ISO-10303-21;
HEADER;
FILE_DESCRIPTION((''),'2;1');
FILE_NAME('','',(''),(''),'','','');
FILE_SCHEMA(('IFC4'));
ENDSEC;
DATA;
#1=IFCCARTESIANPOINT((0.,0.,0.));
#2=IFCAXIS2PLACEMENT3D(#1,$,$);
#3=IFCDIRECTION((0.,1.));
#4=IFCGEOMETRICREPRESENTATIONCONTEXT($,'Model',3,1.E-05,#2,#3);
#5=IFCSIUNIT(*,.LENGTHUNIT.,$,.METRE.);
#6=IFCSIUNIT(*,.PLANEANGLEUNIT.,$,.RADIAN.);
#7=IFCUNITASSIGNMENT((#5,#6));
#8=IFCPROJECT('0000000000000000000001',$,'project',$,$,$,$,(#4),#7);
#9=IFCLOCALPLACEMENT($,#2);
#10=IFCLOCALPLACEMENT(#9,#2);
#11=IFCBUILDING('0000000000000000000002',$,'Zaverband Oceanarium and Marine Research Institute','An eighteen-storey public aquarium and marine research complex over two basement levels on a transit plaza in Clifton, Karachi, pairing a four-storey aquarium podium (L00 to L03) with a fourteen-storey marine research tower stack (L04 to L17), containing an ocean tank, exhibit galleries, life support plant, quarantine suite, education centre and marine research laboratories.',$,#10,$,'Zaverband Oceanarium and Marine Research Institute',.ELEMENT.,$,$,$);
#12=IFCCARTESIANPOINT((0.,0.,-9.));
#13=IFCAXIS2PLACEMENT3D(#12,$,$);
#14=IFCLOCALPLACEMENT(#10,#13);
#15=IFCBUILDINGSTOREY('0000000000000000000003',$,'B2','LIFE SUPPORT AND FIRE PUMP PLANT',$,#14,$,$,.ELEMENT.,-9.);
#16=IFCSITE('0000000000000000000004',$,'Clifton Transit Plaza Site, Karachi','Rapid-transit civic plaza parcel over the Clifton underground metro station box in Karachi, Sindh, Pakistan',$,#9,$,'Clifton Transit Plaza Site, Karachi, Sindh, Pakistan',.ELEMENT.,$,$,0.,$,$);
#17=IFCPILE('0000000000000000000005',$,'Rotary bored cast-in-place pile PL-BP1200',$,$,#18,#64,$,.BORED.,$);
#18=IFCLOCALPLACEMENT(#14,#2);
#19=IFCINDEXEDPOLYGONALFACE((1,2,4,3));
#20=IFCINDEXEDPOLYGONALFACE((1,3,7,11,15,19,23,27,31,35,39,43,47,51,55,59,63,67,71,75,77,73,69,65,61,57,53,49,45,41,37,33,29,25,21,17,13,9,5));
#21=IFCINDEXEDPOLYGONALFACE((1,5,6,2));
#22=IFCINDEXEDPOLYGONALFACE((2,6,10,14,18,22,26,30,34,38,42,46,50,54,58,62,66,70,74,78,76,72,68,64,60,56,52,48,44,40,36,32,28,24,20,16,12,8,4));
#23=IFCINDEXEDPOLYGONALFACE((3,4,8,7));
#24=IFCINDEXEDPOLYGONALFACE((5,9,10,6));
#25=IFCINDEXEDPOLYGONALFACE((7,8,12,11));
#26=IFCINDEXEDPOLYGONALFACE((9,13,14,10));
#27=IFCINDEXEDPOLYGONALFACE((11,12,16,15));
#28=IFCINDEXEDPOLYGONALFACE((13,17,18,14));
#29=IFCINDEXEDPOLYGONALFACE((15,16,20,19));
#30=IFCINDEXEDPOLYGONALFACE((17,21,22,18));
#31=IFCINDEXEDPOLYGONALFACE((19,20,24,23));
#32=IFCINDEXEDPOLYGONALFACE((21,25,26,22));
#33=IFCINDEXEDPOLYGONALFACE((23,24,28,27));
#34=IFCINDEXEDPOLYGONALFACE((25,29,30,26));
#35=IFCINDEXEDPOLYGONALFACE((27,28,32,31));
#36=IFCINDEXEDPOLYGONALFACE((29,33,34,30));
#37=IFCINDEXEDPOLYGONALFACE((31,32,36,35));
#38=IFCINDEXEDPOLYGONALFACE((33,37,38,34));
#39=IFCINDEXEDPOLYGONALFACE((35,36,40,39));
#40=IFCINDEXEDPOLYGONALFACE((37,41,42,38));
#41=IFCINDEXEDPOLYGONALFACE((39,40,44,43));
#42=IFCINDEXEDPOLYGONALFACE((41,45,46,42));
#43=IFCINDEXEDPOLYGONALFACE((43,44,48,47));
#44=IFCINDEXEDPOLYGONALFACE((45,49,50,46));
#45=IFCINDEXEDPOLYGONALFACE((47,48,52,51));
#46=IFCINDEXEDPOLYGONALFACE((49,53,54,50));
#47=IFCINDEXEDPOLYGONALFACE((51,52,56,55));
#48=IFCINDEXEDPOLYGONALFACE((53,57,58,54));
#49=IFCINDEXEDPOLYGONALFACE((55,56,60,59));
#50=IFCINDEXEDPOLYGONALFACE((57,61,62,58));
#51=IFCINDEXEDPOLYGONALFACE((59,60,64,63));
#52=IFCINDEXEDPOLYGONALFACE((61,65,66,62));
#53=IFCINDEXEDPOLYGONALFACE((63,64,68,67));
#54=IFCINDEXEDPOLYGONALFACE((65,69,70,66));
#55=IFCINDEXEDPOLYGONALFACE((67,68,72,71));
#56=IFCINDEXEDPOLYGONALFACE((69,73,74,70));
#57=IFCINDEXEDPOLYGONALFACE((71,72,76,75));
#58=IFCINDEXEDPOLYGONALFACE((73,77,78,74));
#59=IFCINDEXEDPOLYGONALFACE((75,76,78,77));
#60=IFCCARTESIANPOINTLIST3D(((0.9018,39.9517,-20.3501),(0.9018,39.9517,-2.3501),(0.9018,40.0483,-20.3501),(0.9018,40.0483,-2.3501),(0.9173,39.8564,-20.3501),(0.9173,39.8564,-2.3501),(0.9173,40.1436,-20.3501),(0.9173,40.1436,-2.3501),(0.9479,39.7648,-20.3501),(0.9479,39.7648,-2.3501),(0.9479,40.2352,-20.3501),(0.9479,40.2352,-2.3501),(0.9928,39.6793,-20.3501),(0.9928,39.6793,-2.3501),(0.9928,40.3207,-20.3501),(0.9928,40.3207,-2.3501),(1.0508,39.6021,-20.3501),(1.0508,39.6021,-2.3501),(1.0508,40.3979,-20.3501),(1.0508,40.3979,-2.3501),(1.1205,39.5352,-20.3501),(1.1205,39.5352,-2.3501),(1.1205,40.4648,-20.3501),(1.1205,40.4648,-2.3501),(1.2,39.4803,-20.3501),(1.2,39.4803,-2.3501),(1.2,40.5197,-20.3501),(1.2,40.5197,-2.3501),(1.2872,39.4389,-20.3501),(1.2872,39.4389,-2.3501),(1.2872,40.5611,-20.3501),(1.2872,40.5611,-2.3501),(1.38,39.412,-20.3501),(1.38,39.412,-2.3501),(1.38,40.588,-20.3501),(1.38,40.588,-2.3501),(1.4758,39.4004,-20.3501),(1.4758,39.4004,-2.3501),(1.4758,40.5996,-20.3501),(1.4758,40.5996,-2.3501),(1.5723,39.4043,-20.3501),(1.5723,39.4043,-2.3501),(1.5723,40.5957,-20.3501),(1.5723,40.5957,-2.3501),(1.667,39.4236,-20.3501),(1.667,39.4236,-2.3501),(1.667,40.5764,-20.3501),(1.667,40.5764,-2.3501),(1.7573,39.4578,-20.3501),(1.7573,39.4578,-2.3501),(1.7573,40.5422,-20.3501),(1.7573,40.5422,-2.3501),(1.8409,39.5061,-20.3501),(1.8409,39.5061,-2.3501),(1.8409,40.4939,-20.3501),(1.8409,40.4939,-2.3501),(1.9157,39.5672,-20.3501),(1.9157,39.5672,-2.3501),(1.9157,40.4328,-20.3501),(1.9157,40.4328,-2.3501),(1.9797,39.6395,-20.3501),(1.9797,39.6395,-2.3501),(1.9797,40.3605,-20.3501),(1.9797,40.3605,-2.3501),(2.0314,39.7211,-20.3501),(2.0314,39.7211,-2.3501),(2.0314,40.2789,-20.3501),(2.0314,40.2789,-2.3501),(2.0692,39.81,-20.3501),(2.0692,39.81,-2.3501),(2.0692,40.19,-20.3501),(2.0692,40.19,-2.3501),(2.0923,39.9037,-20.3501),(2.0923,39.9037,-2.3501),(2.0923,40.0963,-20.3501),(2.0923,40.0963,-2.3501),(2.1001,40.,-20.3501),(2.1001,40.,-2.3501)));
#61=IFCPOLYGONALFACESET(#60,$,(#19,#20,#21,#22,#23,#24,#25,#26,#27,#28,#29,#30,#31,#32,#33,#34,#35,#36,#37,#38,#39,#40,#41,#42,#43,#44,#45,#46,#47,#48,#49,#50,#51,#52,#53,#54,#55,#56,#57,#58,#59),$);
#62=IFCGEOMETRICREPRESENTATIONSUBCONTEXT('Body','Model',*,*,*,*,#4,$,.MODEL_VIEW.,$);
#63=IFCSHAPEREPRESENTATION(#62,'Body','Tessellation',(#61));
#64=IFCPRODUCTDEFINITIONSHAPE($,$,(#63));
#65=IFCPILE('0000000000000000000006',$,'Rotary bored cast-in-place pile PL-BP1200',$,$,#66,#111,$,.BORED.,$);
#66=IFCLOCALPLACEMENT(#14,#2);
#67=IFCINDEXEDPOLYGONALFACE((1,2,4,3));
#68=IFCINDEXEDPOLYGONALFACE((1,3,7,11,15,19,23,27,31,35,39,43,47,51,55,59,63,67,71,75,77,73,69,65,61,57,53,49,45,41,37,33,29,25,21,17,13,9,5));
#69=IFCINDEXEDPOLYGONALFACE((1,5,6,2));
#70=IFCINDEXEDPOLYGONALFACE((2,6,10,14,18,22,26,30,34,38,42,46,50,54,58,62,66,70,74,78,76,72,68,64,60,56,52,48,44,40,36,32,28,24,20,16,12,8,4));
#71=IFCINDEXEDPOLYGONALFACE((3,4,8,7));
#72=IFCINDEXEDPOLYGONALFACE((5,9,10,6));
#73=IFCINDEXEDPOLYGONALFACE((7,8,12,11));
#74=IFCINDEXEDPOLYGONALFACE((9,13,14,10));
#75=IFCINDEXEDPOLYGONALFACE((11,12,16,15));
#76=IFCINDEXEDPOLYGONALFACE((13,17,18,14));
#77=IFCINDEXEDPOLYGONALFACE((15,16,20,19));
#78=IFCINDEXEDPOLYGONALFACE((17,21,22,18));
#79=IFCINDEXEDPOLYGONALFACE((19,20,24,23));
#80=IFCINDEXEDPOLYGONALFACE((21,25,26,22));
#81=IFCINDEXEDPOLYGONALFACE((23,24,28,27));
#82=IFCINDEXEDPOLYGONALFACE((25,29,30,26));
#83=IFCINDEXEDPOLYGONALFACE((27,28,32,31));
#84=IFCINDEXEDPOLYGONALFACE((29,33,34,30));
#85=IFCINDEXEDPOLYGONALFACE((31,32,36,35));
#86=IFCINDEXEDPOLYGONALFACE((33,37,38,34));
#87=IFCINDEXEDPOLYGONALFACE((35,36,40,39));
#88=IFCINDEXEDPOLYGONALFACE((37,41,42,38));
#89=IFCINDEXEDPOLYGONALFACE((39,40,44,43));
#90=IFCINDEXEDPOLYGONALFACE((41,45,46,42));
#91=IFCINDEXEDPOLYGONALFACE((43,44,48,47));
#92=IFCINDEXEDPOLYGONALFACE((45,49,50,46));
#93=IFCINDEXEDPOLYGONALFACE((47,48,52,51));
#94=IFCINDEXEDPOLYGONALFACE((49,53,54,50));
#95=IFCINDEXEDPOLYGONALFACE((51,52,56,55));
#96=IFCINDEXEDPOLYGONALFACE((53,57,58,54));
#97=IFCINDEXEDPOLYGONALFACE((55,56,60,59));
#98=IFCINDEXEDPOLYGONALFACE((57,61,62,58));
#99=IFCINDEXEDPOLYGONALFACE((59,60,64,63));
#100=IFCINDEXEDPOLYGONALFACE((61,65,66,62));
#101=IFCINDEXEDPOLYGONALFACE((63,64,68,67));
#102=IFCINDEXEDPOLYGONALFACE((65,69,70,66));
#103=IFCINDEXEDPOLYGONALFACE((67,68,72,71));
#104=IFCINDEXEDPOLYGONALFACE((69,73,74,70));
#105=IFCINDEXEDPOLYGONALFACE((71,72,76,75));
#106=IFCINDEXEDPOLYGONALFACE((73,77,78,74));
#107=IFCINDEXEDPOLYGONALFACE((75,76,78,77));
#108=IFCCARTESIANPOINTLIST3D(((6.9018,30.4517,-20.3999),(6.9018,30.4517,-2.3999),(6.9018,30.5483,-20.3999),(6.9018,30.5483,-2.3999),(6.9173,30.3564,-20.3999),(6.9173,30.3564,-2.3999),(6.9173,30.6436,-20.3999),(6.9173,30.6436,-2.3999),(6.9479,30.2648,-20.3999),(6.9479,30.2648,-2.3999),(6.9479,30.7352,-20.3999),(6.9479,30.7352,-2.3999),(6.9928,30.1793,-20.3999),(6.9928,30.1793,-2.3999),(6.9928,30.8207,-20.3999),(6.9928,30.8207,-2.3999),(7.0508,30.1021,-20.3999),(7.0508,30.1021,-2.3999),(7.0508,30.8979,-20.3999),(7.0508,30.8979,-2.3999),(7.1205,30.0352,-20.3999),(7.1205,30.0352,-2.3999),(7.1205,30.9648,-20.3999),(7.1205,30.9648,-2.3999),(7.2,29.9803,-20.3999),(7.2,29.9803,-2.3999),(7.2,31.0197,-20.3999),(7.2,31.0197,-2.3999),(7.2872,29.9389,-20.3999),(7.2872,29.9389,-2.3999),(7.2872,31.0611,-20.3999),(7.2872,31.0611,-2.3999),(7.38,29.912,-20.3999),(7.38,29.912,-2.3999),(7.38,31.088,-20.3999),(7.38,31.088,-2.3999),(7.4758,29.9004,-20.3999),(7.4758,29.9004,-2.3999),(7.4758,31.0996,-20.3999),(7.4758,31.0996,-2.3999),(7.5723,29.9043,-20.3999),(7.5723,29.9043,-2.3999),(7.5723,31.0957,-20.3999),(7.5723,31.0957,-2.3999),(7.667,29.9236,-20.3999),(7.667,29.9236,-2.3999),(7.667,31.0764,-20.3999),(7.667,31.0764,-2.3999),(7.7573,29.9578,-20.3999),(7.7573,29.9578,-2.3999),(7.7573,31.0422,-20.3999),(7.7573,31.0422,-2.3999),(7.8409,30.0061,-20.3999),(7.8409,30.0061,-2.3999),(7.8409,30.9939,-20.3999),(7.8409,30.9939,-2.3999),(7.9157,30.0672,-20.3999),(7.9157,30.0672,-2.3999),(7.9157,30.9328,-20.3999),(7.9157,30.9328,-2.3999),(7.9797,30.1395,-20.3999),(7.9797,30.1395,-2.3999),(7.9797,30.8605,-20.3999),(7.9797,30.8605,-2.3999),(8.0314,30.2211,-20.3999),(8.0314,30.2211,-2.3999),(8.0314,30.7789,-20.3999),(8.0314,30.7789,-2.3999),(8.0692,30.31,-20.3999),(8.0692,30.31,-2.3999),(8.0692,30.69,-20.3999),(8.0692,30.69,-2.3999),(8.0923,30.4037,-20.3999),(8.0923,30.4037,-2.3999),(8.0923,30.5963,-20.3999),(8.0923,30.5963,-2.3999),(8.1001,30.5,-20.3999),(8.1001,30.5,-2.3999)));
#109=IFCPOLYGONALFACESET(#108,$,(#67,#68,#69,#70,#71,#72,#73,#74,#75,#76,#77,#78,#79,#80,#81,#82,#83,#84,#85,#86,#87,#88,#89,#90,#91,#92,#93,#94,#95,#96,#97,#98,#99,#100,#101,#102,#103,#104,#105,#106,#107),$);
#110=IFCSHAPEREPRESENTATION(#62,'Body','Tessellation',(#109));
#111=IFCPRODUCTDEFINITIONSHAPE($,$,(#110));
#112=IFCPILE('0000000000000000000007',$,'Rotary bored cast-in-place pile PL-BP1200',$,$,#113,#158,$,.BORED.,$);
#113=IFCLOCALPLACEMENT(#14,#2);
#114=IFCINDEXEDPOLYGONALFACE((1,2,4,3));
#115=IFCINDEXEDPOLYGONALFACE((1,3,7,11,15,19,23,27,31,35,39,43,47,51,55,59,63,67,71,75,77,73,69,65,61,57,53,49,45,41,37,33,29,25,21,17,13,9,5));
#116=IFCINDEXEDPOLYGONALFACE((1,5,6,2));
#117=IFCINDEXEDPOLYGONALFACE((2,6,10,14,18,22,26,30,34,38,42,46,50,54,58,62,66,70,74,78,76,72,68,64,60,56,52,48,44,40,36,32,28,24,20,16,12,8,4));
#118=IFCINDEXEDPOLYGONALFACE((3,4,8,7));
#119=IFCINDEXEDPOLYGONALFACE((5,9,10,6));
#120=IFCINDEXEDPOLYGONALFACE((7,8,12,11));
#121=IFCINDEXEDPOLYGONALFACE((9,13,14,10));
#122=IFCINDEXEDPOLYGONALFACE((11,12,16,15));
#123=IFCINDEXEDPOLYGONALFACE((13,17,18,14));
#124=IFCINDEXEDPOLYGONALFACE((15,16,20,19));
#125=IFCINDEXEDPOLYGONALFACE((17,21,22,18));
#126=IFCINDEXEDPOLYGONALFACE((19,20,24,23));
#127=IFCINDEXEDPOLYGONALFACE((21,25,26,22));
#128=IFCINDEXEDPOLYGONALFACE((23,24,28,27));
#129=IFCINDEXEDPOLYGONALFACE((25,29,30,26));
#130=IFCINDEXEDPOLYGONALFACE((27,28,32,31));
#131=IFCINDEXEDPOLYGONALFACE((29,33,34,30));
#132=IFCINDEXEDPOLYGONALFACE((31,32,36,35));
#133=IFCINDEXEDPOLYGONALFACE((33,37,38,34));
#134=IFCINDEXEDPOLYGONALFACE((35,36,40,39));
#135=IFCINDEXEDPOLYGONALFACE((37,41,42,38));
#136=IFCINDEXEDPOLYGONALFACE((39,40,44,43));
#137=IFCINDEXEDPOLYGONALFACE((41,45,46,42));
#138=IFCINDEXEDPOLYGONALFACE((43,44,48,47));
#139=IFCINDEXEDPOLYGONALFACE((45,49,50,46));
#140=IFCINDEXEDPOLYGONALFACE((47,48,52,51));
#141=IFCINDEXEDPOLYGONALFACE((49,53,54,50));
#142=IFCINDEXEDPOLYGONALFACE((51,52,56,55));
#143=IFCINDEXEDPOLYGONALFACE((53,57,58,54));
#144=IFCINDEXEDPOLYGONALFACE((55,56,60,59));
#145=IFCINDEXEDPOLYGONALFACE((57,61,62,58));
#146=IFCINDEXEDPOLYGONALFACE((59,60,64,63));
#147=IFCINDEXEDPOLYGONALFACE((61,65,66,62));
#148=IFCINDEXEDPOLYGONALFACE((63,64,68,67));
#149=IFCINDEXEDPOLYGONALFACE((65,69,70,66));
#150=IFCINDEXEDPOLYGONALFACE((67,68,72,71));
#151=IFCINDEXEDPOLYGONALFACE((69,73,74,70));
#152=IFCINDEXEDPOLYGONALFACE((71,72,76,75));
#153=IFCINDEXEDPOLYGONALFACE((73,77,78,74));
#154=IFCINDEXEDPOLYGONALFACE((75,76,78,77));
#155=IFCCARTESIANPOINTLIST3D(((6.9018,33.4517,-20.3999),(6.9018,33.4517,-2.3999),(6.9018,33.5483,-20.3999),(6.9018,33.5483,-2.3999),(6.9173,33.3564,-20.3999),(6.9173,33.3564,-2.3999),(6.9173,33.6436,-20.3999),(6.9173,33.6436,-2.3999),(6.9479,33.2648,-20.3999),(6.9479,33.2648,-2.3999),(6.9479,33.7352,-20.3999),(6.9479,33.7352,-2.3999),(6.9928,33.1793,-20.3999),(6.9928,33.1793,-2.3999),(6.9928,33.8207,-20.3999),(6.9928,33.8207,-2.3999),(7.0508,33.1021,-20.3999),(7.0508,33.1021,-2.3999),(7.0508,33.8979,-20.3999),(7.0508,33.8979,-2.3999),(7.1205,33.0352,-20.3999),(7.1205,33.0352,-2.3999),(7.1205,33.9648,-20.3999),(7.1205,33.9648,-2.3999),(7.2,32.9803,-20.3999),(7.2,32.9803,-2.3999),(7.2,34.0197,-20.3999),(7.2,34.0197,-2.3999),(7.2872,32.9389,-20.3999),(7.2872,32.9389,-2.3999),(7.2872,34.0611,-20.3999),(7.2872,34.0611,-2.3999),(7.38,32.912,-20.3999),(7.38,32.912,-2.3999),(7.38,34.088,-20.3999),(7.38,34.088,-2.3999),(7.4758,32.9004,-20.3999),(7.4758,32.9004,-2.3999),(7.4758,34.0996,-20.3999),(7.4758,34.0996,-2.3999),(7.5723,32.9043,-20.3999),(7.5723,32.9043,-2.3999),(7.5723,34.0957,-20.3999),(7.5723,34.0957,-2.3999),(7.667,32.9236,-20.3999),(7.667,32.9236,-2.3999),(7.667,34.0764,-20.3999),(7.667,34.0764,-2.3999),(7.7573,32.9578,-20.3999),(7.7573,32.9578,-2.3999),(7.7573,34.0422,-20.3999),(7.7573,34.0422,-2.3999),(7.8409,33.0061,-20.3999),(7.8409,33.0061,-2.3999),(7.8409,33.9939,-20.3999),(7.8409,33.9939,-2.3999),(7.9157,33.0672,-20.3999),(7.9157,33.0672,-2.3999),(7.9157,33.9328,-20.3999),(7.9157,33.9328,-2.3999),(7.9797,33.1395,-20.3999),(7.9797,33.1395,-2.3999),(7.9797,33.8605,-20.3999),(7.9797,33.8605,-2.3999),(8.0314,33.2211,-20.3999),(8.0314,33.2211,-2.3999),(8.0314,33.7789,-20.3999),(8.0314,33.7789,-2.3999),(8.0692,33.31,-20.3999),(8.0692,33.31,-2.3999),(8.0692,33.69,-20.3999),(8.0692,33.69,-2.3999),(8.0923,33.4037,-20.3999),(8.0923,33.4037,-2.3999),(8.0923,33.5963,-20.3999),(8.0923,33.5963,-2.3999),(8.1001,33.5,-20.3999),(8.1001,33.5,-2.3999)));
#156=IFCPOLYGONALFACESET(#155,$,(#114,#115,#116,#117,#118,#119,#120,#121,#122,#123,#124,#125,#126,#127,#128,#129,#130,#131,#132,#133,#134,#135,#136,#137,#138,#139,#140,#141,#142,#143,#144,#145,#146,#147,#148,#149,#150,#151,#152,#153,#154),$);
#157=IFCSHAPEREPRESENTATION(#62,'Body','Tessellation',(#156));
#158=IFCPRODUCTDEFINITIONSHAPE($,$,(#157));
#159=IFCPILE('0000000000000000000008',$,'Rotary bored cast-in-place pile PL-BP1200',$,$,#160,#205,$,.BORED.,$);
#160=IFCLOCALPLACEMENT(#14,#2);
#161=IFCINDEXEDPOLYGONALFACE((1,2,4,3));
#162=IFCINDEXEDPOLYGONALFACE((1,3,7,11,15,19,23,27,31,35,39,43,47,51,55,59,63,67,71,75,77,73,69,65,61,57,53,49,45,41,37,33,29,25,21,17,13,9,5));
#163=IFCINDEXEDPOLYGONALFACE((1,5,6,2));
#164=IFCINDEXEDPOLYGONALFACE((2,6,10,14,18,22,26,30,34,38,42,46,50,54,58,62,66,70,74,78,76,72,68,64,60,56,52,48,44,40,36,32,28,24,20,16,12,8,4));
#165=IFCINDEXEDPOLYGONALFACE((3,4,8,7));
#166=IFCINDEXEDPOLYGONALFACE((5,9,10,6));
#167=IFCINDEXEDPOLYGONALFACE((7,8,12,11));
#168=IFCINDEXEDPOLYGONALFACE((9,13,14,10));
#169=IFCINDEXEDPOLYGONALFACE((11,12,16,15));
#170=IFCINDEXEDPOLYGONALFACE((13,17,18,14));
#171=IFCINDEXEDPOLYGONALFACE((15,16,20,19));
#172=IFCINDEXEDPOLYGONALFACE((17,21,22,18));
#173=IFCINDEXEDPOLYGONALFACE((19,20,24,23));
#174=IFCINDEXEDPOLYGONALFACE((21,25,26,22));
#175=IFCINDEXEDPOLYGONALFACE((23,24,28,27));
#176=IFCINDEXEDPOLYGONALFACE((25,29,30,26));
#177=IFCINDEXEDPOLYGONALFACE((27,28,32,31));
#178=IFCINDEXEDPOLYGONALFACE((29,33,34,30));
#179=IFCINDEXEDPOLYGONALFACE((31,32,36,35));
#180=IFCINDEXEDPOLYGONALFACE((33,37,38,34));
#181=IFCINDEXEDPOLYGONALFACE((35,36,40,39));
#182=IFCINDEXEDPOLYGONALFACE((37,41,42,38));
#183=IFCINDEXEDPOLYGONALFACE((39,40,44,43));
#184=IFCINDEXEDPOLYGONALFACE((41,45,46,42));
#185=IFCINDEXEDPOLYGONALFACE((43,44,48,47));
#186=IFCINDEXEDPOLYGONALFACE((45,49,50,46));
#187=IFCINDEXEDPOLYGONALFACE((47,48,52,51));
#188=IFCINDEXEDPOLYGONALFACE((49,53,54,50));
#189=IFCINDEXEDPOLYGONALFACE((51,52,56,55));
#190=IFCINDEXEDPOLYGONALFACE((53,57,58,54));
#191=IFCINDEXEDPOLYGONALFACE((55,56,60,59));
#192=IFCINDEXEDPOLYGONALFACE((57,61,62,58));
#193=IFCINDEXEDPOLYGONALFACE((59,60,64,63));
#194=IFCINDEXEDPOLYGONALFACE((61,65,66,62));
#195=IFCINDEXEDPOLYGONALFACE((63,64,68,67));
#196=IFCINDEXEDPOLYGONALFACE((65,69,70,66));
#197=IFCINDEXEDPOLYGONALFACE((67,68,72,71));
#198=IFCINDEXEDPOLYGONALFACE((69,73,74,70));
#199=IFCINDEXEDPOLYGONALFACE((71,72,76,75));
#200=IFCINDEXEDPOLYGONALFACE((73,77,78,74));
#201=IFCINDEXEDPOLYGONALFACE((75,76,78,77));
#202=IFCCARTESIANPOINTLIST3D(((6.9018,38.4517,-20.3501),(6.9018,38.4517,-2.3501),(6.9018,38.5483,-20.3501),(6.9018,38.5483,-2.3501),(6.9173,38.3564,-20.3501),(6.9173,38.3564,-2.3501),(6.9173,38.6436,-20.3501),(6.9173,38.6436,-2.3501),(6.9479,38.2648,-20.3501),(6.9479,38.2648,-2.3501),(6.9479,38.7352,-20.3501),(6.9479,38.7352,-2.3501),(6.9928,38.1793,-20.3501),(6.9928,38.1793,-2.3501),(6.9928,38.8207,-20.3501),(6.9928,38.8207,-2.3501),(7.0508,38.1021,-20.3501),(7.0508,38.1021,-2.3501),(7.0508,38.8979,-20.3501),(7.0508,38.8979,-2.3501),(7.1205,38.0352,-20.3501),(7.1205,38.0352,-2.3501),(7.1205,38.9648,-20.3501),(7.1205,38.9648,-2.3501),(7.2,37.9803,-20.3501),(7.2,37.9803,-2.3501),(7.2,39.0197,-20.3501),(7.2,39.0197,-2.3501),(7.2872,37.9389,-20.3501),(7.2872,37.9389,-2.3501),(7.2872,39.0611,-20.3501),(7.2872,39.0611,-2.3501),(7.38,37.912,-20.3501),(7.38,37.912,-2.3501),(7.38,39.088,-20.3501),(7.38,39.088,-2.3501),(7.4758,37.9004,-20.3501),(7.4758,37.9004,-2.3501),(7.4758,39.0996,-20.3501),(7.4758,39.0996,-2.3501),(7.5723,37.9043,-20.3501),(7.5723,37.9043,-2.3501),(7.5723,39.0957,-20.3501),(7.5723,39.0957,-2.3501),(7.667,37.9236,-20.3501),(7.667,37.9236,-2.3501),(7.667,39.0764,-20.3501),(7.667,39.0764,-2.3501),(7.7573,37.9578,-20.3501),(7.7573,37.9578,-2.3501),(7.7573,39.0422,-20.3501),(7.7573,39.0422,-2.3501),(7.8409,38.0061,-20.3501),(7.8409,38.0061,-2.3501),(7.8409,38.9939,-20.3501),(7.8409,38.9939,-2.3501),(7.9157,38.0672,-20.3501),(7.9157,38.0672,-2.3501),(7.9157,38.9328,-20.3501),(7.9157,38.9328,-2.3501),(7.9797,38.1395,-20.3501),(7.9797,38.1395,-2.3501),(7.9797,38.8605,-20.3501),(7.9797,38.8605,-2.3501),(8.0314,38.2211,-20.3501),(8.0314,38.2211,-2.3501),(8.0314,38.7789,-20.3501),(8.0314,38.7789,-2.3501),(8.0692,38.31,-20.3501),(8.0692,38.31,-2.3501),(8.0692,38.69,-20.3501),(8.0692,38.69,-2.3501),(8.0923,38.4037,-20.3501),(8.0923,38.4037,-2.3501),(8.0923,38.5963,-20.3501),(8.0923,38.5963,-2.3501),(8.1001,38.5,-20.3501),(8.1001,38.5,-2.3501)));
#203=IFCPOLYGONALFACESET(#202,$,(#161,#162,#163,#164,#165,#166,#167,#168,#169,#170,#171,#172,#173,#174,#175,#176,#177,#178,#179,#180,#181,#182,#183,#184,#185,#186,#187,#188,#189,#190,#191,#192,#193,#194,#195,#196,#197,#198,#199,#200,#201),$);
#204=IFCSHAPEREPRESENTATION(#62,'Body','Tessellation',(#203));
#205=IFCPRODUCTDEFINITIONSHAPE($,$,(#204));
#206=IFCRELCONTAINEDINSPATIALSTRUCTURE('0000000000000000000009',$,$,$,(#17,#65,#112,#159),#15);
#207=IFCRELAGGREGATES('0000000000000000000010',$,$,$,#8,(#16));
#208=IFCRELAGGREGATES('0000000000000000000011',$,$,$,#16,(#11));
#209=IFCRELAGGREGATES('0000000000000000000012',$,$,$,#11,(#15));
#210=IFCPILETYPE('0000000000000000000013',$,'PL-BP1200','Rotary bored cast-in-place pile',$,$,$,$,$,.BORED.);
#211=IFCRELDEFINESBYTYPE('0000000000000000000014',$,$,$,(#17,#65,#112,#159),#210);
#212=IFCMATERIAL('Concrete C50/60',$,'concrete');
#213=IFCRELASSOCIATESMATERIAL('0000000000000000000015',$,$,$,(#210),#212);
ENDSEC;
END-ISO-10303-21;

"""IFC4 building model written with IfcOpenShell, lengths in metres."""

from ifc_helpers import new_model, si_unit, direction, frame, origin, origin_2d, place, context, subcontext, project, spatial, circle, extrude, material, material_profile, profile_set, type_object, element, save


model = new_model("IFC4")

# Units and contexts
model_context = context("Model", 3, precision=1e-05, world=origin(), true_north=direction((0.0, 1.0)))
body_context = subcontext(model_context, "Body", "Model", "MODEL_VIEW")
ifc_project = project(units=[si_unit("LENGTHUNIT", "METRE"), si_unit("PLANEANGLEUNIT", "RADIAN")], contexts=[model_context])

# Site, building, storey
site_placement = place(None, origin())
site = spatial("IfcSite", under=ifc_project, at=site_placement, Name="Clifton Transit Plaza Site, Karachi", Description="Rapid-transit civic plaza parcel over the Clifton underground metro station box in Karachi, Sindh, Pakistan", LongName="Clifton Transit Plaza Site, Karachi, Sindh, Pakistan", CompositionType="ELEMENT", RefElevation=0.0)
building_placement = place(site_placement, origin())
building = spatial("IfcBuilding", under=site, at=building_placement, Name="Zaverband Oceanarium and Marine Research Institute", Description="An eighteen-storey public aquarium and marine research complex over two basement levels on a transit plaza in Clifton, Karachi, pairing a four-storey aquarium podium (L00 to L03) with a fourteen-storey marine research tower stack (L04 to L17), containing an ocean tank, exhibit galleries, life support plant, quarantine suite, education centre and marine research laboratories.", LongName="Zaverband Oceanarium and Marine Research Institute", CompositionType="ELEMENT")
storey_placement = place(building_placement, frame((0.0, 0.0, -9.0)))
storey = spatial("IfcBuildingStorey", under=building, at=storey_placement, Name="B2", Description="LIFE SUPPORT AND FIRE PUMP PLANT", CompositionType="ELEMENT", Elevation=-9.0)

# Shared definitions
ifc_material_1 = material(Name="Concrete C50/60", Category="concrete")

# Piles
ifc_material_profile_1 = material_profile(ifc_material_1, circle(Radius=0.6001, at=origin_2d()), Name="BP1200")
ifc_profile_set_1 = profile_set([ifc_material_profile_1], Name="Concrete C50/60")
pile_type = type_object("IfcPileType", Name="PL-BP1200", Description="Rotary bored cast-in-place pile", PredefinedType="BORED", material=ifc_profile_set_1)
for number, where, z_axis, x_axis, name in (
    (1, (1.5, 40.0, -2.3501), (0.0, 0.0, -1.0), (1.0, 0.0, 0.0), "Rotary bored cast-in-place pile PL-BP1200"),
    (2, (7.5, 30.5, -2.3999), (0.0, 0.0, -1.0), (1.0, 0.0, 0.0), "Rotary bored cast-in-place pile PL-BP1200"),
    (3, (7.5, 33.5, -2.3999), (0.0, 0.0, -1.0), (1.0, 0.0, 0.0), "Rotary bored cast-in-place pile PL-BP1200"),
    (4, (7.5, 38.5, -2.3501), (0.0, 0.0, -1.0), (1.0, 0.0, 0.0), "Rotary bored cast-in-place pile PL-BP1200"),
):
    element("IfcPile", number, at=place(storey_placement, frame(where, z_axis=z_axis, x_axis=x_axis)), inside=storey, type_object=pile_type, Name=name, PredefinedType="BORED", context=body_context, shape_type="SweptSolid", body=[
        extrude(circle(Radius=0.6001, at=origin_2d()), origin(), (0.0, 0.0, 1.0), 18.0),
    ])

save(model, "model.ifc")
